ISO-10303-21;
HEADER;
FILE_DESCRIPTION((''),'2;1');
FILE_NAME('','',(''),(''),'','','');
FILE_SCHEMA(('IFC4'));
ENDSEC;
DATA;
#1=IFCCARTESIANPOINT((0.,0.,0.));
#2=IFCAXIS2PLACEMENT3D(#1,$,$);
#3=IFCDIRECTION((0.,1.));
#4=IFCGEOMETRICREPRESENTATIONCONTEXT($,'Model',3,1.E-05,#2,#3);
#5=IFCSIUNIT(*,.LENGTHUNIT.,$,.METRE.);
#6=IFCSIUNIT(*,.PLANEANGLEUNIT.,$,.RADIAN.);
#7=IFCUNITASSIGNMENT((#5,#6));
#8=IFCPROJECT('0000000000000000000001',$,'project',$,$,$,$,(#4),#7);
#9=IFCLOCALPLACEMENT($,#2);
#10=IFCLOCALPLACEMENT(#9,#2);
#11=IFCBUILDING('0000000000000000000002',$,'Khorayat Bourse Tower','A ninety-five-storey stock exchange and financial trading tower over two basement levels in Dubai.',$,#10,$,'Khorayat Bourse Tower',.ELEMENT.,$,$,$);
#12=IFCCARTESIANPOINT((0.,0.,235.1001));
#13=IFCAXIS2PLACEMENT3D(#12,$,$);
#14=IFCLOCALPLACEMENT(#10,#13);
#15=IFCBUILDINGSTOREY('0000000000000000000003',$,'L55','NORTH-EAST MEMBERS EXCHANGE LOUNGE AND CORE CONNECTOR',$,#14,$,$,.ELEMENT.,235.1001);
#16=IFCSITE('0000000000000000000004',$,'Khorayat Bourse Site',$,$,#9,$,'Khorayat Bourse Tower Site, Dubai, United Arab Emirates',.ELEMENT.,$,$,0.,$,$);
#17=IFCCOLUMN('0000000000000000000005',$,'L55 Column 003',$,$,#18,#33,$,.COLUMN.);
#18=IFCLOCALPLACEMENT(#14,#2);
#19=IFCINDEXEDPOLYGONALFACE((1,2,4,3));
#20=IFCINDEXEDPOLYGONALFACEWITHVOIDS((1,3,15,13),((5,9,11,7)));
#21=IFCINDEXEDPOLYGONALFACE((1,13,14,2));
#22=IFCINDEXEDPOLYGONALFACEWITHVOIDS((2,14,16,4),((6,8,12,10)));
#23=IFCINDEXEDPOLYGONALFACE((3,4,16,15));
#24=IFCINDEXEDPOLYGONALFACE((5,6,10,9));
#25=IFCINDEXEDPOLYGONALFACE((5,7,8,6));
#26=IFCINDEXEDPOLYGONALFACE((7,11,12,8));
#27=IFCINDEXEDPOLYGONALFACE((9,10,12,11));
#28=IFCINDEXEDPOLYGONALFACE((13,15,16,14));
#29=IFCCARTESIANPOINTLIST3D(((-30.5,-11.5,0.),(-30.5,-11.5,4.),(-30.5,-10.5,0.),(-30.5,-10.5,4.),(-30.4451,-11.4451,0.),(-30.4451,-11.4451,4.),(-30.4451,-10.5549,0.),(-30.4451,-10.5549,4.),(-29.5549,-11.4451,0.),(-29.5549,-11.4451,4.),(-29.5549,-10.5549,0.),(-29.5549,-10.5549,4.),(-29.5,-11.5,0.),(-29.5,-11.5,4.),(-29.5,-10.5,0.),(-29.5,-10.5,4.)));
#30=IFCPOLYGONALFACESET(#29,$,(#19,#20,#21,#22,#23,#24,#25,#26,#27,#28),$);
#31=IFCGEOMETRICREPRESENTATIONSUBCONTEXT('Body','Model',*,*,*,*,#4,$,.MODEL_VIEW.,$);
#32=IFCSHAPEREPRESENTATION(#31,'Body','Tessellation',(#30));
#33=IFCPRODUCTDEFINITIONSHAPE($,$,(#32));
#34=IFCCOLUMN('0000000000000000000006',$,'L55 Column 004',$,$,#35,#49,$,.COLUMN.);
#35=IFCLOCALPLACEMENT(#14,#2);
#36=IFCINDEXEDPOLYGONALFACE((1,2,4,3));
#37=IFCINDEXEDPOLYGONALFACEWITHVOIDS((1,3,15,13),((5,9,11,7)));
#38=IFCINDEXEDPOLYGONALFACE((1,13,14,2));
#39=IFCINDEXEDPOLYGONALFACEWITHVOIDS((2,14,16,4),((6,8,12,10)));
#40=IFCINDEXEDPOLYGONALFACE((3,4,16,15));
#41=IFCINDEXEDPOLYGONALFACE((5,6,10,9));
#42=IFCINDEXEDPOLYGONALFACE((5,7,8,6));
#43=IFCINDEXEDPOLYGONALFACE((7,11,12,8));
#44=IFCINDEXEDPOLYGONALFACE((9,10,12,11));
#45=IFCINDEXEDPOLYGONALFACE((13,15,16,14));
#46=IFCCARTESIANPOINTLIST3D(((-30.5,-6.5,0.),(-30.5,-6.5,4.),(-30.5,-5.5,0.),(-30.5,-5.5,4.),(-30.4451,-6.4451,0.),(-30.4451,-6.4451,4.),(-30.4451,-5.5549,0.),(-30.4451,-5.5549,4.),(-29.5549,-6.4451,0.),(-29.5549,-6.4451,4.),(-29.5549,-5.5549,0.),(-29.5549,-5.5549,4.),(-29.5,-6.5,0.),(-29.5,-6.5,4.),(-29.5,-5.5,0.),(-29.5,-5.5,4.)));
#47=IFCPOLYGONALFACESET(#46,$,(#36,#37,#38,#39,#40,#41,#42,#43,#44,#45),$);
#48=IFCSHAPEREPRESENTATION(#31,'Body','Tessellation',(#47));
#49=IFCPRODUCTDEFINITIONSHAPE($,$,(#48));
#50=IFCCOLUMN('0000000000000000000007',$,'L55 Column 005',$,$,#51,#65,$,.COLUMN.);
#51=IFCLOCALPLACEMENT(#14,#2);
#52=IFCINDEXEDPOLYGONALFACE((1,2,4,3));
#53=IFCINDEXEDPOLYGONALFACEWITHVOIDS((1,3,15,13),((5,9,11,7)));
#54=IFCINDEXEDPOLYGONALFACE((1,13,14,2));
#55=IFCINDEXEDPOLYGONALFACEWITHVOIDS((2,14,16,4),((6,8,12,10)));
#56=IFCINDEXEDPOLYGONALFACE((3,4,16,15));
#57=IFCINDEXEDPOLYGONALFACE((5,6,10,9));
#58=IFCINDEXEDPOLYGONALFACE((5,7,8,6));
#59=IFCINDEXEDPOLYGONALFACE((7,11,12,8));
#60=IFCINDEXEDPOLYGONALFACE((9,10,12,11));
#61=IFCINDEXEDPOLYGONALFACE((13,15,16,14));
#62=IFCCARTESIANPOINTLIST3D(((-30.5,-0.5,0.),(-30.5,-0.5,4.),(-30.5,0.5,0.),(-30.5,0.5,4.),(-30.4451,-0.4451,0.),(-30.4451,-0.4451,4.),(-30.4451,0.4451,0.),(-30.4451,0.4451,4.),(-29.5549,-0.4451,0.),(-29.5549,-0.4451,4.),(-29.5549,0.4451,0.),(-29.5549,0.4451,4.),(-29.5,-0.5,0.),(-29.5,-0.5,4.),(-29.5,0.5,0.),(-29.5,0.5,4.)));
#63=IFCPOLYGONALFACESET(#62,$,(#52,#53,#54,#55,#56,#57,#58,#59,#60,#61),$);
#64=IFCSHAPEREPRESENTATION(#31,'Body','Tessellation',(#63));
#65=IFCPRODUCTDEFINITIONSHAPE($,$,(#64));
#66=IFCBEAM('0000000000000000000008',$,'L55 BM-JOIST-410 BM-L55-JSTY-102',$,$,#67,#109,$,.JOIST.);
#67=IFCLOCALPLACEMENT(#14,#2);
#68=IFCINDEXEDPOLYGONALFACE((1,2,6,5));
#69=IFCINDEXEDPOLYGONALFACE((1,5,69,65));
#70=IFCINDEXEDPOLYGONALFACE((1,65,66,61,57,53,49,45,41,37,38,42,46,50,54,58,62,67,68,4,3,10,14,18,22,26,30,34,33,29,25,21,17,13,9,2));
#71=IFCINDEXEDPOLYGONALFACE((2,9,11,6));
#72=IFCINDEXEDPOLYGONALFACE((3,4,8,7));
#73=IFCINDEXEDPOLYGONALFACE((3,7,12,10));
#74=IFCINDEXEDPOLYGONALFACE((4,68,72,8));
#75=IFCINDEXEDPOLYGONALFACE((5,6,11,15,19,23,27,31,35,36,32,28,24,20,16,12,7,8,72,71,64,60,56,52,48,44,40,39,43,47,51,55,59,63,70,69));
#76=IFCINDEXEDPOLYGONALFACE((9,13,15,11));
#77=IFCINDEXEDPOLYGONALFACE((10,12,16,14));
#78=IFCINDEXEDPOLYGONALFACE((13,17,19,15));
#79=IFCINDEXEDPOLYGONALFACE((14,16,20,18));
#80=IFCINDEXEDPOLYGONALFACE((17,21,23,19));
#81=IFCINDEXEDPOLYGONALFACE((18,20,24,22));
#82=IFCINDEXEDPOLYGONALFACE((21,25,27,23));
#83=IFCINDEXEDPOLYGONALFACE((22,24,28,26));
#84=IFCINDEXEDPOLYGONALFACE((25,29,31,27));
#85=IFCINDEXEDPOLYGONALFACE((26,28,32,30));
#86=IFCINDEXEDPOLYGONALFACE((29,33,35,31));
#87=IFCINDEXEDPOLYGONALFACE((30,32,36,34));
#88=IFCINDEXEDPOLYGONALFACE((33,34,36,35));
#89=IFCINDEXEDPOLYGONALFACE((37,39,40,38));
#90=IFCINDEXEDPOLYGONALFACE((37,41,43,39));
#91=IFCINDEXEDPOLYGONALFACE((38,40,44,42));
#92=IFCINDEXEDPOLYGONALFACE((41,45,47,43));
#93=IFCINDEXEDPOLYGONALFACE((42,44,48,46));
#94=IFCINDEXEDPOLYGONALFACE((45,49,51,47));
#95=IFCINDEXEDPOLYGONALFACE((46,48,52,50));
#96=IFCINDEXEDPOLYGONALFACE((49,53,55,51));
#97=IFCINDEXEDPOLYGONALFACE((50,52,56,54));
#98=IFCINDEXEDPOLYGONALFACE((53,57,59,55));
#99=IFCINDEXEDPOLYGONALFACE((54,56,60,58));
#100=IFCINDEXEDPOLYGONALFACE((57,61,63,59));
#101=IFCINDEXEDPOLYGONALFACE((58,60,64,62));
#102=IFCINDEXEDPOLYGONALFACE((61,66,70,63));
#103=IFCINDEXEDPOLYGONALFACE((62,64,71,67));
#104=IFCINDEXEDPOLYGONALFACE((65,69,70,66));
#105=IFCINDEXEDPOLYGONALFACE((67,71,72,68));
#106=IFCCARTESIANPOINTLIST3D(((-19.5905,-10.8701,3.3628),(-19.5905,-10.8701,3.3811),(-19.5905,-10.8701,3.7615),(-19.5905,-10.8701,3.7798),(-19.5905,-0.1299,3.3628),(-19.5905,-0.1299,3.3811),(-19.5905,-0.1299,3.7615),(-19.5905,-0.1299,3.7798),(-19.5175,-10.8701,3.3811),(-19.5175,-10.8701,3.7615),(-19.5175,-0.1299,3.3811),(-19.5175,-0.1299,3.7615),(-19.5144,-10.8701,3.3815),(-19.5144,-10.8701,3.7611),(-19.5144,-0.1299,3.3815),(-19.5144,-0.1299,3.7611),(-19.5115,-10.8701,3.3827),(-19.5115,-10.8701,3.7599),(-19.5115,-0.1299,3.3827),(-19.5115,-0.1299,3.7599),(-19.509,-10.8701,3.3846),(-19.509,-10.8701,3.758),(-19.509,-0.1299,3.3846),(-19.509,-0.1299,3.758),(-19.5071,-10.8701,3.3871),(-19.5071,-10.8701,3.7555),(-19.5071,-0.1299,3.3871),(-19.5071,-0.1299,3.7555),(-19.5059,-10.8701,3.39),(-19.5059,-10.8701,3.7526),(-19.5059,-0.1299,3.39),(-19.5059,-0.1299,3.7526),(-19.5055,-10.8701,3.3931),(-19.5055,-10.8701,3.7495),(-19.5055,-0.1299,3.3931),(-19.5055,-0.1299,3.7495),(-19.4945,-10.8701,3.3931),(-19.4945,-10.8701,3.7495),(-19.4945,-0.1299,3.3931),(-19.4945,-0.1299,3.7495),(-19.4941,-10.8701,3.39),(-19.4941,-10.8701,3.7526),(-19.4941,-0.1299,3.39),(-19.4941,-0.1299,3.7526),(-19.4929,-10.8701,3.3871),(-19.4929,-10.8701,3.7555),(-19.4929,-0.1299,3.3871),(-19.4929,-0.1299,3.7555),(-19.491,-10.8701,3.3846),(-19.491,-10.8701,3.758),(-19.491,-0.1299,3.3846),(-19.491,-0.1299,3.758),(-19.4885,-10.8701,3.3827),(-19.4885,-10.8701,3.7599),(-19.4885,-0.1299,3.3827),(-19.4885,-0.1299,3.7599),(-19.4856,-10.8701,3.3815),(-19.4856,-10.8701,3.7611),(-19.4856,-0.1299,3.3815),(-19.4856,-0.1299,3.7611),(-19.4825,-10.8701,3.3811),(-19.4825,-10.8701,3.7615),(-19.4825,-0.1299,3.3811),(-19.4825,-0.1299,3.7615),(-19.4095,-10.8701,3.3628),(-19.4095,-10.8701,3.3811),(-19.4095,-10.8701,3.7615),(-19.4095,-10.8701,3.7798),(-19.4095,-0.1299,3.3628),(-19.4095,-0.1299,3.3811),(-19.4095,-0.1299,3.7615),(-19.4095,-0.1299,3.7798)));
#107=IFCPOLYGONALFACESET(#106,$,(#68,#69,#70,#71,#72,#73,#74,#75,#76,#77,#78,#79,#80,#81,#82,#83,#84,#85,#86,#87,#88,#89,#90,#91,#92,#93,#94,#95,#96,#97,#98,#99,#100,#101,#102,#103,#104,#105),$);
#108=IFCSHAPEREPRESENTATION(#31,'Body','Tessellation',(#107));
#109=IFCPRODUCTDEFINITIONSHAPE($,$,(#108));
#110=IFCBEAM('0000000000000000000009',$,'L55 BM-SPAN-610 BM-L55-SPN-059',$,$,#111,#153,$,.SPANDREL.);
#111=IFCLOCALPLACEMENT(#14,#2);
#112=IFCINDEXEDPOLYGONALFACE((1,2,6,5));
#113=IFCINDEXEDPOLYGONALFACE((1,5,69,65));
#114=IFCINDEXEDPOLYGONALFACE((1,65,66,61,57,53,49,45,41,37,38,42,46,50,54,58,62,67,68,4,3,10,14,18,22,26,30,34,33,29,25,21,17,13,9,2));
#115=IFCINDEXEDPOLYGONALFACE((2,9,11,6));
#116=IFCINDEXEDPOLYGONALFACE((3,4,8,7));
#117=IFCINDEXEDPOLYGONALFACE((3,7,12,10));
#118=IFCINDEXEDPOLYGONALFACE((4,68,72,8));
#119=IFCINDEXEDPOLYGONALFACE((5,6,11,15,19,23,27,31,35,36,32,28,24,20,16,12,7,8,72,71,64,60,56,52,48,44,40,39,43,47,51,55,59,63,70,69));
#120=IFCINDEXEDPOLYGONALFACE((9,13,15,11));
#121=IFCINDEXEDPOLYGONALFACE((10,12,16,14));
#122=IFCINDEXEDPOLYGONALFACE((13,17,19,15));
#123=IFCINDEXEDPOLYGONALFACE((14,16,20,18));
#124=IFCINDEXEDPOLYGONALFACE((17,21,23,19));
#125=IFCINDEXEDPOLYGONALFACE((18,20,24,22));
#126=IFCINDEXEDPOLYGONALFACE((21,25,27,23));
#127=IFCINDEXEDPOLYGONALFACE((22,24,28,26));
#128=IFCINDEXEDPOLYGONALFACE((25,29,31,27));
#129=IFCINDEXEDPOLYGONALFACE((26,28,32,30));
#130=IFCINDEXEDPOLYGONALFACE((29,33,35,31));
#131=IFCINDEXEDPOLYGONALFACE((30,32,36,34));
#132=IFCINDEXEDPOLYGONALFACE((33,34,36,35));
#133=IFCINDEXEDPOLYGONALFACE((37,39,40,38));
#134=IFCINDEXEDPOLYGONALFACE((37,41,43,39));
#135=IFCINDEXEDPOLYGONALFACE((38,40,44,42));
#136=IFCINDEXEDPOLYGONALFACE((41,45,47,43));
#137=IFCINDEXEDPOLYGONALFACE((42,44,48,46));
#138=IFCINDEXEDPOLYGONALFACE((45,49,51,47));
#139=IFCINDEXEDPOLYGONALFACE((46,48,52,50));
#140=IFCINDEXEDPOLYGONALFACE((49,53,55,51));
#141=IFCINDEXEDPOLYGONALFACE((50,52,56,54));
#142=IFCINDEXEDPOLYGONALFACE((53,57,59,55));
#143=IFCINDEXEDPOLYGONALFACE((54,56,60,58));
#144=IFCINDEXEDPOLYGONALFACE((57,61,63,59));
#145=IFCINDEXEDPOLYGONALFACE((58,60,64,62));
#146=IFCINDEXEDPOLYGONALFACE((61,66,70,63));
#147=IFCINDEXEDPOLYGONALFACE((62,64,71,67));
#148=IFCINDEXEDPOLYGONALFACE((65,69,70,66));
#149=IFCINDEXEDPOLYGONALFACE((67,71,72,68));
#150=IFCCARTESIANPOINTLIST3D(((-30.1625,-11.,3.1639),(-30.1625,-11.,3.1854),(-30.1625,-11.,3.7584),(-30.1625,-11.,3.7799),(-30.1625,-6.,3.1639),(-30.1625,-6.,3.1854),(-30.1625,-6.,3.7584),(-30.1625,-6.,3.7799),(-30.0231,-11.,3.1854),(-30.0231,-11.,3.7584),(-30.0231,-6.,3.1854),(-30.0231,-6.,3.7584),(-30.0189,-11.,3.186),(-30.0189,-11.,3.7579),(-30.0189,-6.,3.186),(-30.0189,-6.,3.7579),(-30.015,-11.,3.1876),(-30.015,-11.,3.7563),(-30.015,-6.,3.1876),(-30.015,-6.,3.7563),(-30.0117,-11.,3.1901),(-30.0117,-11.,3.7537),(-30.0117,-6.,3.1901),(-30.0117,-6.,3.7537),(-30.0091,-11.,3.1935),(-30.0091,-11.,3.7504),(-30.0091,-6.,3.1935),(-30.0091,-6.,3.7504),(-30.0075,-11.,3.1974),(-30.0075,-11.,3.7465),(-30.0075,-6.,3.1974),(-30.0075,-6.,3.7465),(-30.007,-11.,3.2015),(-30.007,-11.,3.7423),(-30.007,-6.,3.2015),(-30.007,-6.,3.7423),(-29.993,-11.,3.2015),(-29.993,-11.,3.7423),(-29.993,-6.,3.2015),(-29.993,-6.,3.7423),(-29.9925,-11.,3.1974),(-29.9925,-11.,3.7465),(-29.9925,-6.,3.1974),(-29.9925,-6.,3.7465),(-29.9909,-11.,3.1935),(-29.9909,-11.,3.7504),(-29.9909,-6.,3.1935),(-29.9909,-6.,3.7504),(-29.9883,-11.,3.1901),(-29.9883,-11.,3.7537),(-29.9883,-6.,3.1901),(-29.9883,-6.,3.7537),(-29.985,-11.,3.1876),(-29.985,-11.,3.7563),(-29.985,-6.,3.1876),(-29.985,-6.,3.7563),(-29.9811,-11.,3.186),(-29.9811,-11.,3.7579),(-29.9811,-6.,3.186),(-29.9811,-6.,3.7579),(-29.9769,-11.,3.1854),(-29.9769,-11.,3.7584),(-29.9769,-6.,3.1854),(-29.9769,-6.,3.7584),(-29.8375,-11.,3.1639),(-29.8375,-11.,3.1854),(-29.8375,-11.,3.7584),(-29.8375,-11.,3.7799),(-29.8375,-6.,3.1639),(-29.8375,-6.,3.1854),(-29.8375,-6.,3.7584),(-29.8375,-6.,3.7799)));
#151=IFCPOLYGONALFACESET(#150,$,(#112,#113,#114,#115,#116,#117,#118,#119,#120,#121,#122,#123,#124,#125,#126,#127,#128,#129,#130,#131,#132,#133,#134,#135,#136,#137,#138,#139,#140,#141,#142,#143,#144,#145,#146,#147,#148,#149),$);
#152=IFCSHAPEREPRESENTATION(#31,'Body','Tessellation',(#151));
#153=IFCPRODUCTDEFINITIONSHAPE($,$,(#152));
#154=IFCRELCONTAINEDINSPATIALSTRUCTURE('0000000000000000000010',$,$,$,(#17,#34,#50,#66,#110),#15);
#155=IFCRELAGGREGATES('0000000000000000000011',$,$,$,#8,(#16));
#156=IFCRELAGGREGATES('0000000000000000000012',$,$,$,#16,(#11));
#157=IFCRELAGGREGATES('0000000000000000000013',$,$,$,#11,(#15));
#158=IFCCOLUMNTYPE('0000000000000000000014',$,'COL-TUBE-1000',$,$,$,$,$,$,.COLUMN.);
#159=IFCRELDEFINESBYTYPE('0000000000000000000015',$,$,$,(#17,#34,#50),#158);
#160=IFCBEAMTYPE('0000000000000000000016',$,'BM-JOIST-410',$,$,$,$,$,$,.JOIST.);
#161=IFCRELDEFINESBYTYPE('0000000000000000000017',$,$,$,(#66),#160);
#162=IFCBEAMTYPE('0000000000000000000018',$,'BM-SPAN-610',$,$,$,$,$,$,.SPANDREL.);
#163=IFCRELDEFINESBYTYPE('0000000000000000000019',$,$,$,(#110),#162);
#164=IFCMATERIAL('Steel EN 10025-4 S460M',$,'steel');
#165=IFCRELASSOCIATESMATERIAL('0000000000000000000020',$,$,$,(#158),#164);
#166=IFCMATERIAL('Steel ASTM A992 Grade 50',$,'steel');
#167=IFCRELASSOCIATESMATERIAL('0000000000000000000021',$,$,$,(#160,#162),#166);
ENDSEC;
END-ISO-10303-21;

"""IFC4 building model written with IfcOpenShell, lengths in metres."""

from ifc_helpers import new_model, si_unit, direction, frame, origin, origin_2d, place, context, subcontext, project, spatial, hollow_rectangle, i_section, extrude, source, transform, mapped, material, material_profile, profile_set, type_object, element, save


model = new_model("IFC4")

# Units and contexts
model_context = context("Model", 3, precision=1e-05, world=origin(), true_north=direction((0.0, 1.0)))
body_context = subcontext(model_context, "Body", "Model", "MODEL_VIEW")
ifc_project = project(units=[si_unit("LENGTHUNIT", "METRE"), si_unit("PLANEANGLEUNIT", "RADIAN")], contexts=[model_context])

# Site, building, storey
site_placement = place(None, origin())
site = spatial("IfcSite", under=ifc_project, at=site_placement, Name="Khorayat Bourse Site", LongName="Khorayat Bourse Tower Site, Dubai, United Arab Emirates", CompositionType="ELEMENT", RefElevation=0.0)
building_placement = place(site_placement, origin())
building = spatial("IfcBuilding", under=site, at=building_placement, Name="Khorayat Bourse Tower", Description="A ninety-five-storey stock exchange and financial trading tower over two basement levels in Dubai.", LongName="Khorayat Bourse Tower", CompositionType="ELEMENT")
storey_placement = place(building_placement, frame((0.0, 0.0, 235.1001)))
storey = spatial("IfcBuildingStorey", under=building, at=storey_placement, Name="L55", Description="NORTH-EAST MEMBERS EXCHANGE LOUNGE AND CORE CONNECTOR", CompositionType="ELEMENT", Elevation=235.1001)

# Columns
ifc_material_1 = material(Name="Steel EN 10025-4 S460M", Category="steel")
ifc_material_profile_1 = material_profile(ifc_material_1, hollow_rectangle(XDim=1.0, YDim=1.0, WallThickness=0.0549, at=origin_2d()), Name="BOX 1000x1000x55")
ifc_profile_set_1 = profile_set([ifc_material_profile_1], Name="Steel EN 10025-4 S460M")
column_type = type_object("IfcColumnType", Name="COL-TUBE-1000", PredefinedType="COLUMN", material=ifc_profile_set_1)
shared_shape_1 = source(origin(), body_context, "Body", "SweptSolid", [
    extrude(hollow_rectangle(XDim=1.0, YDim=1.0, WallThickness=0.0549, at=origin_2d()), origin(), (0.0, 0.0, 1.0), 4.0),
])
for number, where, z_axis, x_axis, name in (
    (1, (-30.0, -11.0, 0.0), (0.0, 0.0, 1.0), (1.0, 0.0, 0.0), "L55 Column 003"),
    (2, (-30.0, -6.0, 0.0), (0.0, 0.0, 1.0), (1.0, 0.0, 0.0), "L55 Column 004"),
    (3, (-30.0, 0.0, 0.0), (0.0, 0.0, 1.0), (1.0, 0.0, 0.0), "L55 Column 005"),
):
    element("IfcColumn", number, at=place(storey_placement, frame(where, z_axis=z_axis, x_axis=x_axis)), inside=storey, type_object=column_type, Name=name, PredefinedType="COLUMN", context=body_context, shape_type="MappedRepresentation", body=[
        mapped(shared_shape_1, transform((0.0, 0.0, 0.0), scale=1.0)),
    ])

# Beams
ifc_material_2 = material(Name="Steel ASTM A992 Grade 50", Category="steel")
ifc_material_profile_2 = material_profile(ifc_material_2, i_section(OverallWidth=0.1809, OverallDepth=0.417, WebThickness=0.011, FlangeThickness=0.0183, FilletRadius=0.012, at=origin_2d()), Name="W410X85")
ifc_profile_set_2 = profile_set([ifc_material_profile_2], Name="Steel ASTM A992 Grade 50")
beam_type_1 = type_object("IfcBeamType", Name="BM-JOIST-410", PredefinedType="JOIST", material=ifc_profile_set_2)
shared_shape_2 = source(origin(), body_context, "Body", "SweptSolid", [
    extrude(i_section(OverallWidth=0.1809, OverallDepth=0.417, WebThickness=0.011, FlangeThickness=0.0183, FilletRadius=0.012, at=origin_2d()), origin(), (0.0, 0.0, 1.0), 10.7402),
])
beam_1_placement = place(storey_placement, frame((-19.5, -10.8701, 3.5713), z_axis=(0.0, 1.0, 0.0), x_axis=(-1.0, 0.0, 0.0)))
element("IfcBeam", 4, at=beam_1_placement, inside=storey, type_object=beam_type_1, Name="L55 BM-JOIST-410 BM-L55-JSTY-102", PredefinedType="JOIST", context=body_context, shape_type="MappedRepresentation", body=[
    mapped(shared_shape_2, transform((0.0, 0.0, 0.0), scale=1.0)),
])
ifc_material_profile_3 = material_profile(ifc_material_2, i_section(OverallWidth=0.325, OverallDepth=0.616, WebThickness=0.0139, FlangeThickness=0.0215, FilletRadius=0.0161, at=origin_2d()), Name="W610X174")
ifc_profile_set_3 = profile_set([ifc_material_profile_3], Name="Steel ASTM A992 Grade 50")
beam_type_2 = type_object("IfcBeamType", Name="BM-SPAN-610", PredefinedType="SPANDREL", material=ifc_profile_set_3)
shared_shape_3 = source(origin(), body_context, "Body", "SweptSolid", [
    extrude(i_section(OverallWidth=0.325, OverallDepth=0.616, WebThickness=0.0139, FlangeThickness=0.0215, FilletRadius=0.0161, at=origin_2d()), origin(), (0.0, 0.0, 1.0), 5.0),
])
beam_2_placement = place(storey_placement, frame((-30.0, -11.0, 3.4719), z_axis=(0.0, 1.0, 0.0), x_axis=(-1.0, 0.0, 0.0)))
element("IfcBeam", 5, at=beam_2_placement, inside=storey, type_object=beam_type_2, Name="L55 BM-SPAN-610 BM-L55-SPN-059", PredefinedType="SPANDREL", context=body_context, shape_type="MappedRepresentation", body=[
    mapped(shared_shape_3, transform((0.0, 0.0, 0.0), scale=1.0)),
])

save(model, "model.ifc")
